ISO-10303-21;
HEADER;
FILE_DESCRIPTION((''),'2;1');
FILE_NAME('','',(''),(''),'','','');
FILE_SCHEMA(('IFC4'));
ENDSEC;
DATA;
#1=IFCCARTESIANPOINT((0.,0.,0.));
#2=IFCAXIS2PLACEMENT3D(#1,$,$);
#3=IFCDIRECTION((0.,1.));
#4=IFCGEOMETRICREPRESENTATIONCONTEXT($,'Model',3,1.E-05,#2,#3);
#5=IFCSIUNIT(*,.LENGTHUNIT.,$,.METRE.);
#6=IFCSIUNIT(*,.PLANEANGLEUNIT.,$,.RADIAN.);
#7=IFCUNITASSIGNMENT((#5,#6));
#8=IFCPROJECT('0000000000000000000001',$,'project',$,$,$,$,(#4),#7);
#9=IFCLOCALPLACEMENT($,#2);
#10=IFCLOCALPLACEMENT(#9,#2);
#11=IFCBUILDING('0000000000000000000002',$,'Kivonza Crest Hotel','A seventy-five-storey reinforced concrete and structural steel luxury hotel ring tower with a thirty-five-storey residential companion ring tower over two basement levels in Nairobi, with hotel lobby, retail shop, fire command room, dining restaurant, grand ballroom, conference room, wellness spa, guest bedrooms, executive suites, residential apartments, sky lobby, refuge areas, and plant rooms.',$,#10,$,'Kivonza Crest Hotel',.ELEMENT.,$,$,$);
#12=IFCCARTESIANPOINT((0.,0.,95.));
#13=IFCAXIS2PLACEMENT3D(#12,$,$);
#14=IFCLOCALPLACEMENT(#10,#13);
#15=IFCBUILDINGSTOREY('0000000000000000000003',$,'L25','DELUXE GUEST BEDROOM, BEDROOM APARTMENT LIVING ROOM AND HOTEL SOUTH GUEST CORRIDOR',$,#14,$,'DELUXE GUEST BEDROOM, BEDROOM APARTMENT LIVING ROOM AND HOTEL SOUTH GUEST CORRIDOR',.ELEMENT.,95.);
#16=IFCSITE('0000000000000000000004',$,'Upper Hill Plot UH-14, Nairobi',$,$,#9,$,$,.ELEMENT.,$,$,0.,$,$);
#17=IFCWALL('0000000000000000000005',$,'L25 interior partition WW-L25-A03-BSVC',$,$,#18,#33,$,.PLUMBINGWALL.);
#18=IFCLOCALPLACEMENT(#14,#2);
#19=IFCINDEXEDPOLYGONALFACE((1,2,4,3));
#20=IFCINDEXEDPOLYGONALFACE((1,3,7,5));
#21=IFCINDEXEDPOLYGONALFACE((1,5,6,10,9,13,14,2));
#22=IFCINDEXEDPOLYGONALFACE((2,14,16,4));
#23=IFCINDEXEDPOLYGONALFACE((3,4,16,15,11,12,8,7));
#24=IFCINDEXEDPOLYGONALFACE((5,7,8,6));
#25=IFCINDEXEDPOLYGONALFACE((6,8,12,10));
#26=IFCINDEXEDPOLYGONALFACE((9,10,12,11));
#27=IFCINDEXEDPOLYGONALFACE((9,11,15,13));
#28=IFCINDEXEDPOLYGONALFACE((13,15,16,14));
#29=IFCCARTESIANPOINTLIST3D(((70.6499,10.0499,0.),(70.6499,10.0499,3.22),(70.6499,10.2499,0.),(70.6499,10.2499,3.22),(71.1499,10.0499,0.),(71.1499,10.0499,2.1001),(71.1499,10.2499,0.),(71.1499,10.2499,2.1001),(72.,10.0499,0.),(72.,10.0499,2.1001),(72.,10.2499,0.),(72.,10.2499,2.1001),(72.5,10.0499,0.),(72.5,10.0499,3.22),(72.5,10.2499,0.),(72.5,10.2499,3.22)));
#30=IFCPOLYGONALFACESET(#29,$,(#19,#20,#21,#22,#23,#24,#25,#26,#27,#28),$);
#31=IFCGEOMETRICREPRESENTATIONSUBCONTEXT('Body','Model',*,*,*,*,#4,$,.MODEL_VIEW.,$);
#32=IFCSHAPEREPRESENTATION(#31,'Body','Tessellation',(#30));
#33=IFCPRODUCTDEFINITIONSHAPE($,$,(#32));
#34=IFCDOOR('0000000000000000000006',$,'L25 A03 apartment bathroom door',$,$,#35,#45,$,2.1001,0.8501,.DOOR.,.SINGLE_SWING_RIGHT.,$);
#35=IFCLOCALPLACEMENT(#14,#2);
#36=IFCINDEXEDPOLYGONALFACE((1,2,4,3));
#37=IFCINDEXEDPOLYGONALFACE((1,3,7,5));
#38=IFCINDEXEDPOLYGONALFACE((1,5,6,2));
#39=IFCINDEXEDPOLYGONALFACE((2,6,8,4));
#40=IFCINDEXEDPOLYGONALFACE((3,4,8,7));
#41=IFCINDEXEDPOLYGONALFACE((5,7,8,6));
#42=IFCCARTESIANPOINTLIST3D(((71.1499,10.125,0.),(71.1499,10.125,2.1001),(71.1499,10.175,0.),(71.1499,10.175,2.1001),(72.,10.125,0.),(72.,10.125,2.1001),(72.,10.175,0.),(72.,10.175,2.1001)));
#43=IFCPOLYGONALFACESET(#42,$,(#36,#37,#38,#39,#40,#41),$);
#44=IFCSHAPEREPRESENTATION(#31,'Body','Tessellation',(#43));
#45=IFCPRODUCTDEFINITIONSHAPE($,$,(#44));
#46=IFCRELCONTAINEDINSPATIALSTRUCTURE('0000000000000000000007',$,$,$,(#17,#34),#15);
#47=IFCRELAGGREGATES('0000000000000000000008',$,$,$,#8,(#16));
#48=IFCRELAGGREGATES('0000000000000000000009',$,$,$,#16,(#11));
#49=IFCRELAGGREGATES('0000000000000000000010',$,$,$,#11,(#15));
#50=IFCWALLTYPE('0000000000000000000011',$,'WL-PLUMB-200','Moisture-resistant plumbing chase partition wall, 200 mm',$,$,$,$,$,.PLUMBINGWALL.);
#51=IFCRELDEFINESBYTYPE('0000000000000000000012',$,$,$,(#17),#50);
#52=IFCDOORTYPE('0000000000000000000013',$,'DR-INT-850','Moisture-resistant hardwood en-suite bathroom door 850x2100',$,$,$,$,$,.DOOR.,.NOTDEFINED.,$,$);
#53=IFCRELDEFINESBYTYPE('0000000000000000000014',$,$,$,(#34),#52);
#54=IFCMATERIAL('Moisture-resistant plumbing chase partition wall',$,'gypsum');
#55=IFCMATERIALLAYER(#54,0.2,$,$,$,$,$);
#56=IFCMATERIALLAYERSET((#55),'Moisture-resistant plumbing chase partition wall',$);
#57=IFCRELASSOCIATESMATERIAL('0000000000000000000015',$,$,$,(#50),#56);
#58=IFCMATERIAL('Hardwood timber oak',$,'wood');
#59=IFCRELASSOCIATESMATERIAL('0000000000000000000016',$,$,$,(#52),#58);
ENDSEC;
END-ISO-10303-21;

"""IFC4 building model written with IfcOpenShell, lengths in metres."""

from ifc_helpers import new_model, si_unit, direction, frame, frame_2d, origin, place, context, subcontext, project, spatial, rectangle, extrude, material, layer, layer_set, type_object, element, fill, save


model = new_model("IFC4")

# Units and contexts
model_context = context("Model", 3, precision=1e-05, world=origin(), true_north=direction((0.0, 1.0)))
body_context = subcontext(model_context, "Body", "Model", "MODEL_VIEW")
ifc_project = project(units=[si_unit("LENGTHUNIT", "METRE"), si_unit("PLANEANGLEUNIT", "RADIAN")], contexts=[model_context])

# Site, building, storey
site_placement = place(None, origin())
site = spatial("IfcSite", under=ifc_project, at=site_placement, Name="Upper Hill Plot UH-14, Nairobi", CompositionType="ELEMENT", RefElevation=0.0)
building_placement = place(site_placement, origin())
building = spatial("IfcBuilding", under=site, at=building_placement, Name="Kivonza Crest Hotel", Description="A seventy-five-storey reinforced concrete and structural steel luxury hotel ring tower with a thirty-five-storey residential companion ring tower over two basement levels in Nairobi, with hotel lobby, retail shop, fire command room, dining restaurant, grand ballroom, conference room, wellness spa, guest bedrooms, executive suites, residential apartments, sky lobby, refuge areas, and plant rooms.", LongName="Kivonza Crest Hotel", CompositionType="ELEMENT")
storey_placement = place(building_placement, frame((0.0, 0.0, 95.0)))
storey = spatial("IfcBuildingStorey", under=building, at=storey_placement, Name="L25", Description="DELUXE GUEST BEDROOM, BEDROOM APARTMENT LIVING ROOM AND HOTEL SOUTH GUEST CORRIDOR", LongName="DELUXE GUEST BEDROOM, BEDROOM APARTMENT LIVING ROOM AND HOTEL SOUTH GUEST CORRIDOR", CompositionType="ELEMENT", Elevation=95.0)

# Shared definitions
ifc_material_1 = material(Name="Hardwood timber oak", Category="wood")

# Shared definitions
ifc_material_2 = material(Name="Moisture-resistant plumbing chase partition wall", Category="gypsum")
ifc_layer_1 = layer(ifc_material_2, 0.2)
ifc_layer_set_1 = layer_set([ifc_layer_1], Name="Moisture-resistant plumbing chase partition wall")
wall_type_1 = type_object("IfcWallType", Name="WL-PLUMB-200", Description="Moisture-resistant plumbing chase partition wall, 200 mm", PredefinedType="PLUMBINGWALL", material=ifc_layer_set_1)

# Wall, opening, door
wall_1_placement = place(storey_placement, frame((70.6499, 10.1499, 0.0), z_axis=(0.0, 0.0, 1.0), x_axis=(1.0, 0.0, 0.0)))
wall_1 = element("IfcWall", 1, at=wall_1_placement, inside=storey, type_object=wall_type_1, Name="L25 interior partition WW-L25-A03-BSVC", PredefinedType="PLUMBINGWALL", context=body_context, shape_type="SweptSolid", body=[
    extrude(rectangle(XDim=1.8501, YDim=0.2, at=frame_2d((0.925, 0.0))), origin(), (0.0, 0.0, 1.0), 3.22),
])
opening_1_placement = place(wall_1_placement, frame((0.5, 0.0, 0.0)))
opening_1 = element("IfcOpeningElement", 2, at=opening_1_placement, cuts=wall_1, PredefinedType="OPENING", context=body_context, shape_type="SweptSolid", body=[
    extrude(rectangle(XDim=0.8501, YDim=2.1001, at=frame_2d((0.425, 1.05))), frame((0.0, 0.1099, 0.0), z_axis=(0.0, -1.0, 0.0), x_axis=(1.0, 0.0, 0.0)), (0.0, 0.0, 1.0), 0.22),
])
door_type_1 = type_object("IfcDoorType", Name="DR-INT-850", Description="Moisture-resistant hardwood en-suite bathroom door 850x2100", OperationType="NOTDEFINED", PredefinedType="DOOR", material=ifc_material_1)
door_1_placement = place(opening_1_placement, frame((0.8501, 0.0, 0.0), z_axis=(0.0, 0.0, 1.0), x_axis=(-1.0, 0.0, 0.0)))
door_1 = element("IfcDoor", 3, at=door_1_placement, inside=storey, type_object=door_type_1, Name="L25 A03 apartment bathroom door", OperationType="SINGLE_SWING_RIGHT", OverallHeight=2.1001, OverallWidth=0.8501, PredefinedType="DOOR", context=body_context, shape_type="SweptSolid", body=[
    extrude(rectangle(XDim=0.8501, YDim=2.1001, at=frame_2d((0.425, 1.05))), frame((0.0, 0.0249, 0.0), z_axis=(0.0, -1.0, 0.0), x_axis=(1.0, 0.0, 0.0)), (0.0, 0.0, 1.0), 0.05),
])
fill(opening_1, door_1)

save(model, "model.ifc")
